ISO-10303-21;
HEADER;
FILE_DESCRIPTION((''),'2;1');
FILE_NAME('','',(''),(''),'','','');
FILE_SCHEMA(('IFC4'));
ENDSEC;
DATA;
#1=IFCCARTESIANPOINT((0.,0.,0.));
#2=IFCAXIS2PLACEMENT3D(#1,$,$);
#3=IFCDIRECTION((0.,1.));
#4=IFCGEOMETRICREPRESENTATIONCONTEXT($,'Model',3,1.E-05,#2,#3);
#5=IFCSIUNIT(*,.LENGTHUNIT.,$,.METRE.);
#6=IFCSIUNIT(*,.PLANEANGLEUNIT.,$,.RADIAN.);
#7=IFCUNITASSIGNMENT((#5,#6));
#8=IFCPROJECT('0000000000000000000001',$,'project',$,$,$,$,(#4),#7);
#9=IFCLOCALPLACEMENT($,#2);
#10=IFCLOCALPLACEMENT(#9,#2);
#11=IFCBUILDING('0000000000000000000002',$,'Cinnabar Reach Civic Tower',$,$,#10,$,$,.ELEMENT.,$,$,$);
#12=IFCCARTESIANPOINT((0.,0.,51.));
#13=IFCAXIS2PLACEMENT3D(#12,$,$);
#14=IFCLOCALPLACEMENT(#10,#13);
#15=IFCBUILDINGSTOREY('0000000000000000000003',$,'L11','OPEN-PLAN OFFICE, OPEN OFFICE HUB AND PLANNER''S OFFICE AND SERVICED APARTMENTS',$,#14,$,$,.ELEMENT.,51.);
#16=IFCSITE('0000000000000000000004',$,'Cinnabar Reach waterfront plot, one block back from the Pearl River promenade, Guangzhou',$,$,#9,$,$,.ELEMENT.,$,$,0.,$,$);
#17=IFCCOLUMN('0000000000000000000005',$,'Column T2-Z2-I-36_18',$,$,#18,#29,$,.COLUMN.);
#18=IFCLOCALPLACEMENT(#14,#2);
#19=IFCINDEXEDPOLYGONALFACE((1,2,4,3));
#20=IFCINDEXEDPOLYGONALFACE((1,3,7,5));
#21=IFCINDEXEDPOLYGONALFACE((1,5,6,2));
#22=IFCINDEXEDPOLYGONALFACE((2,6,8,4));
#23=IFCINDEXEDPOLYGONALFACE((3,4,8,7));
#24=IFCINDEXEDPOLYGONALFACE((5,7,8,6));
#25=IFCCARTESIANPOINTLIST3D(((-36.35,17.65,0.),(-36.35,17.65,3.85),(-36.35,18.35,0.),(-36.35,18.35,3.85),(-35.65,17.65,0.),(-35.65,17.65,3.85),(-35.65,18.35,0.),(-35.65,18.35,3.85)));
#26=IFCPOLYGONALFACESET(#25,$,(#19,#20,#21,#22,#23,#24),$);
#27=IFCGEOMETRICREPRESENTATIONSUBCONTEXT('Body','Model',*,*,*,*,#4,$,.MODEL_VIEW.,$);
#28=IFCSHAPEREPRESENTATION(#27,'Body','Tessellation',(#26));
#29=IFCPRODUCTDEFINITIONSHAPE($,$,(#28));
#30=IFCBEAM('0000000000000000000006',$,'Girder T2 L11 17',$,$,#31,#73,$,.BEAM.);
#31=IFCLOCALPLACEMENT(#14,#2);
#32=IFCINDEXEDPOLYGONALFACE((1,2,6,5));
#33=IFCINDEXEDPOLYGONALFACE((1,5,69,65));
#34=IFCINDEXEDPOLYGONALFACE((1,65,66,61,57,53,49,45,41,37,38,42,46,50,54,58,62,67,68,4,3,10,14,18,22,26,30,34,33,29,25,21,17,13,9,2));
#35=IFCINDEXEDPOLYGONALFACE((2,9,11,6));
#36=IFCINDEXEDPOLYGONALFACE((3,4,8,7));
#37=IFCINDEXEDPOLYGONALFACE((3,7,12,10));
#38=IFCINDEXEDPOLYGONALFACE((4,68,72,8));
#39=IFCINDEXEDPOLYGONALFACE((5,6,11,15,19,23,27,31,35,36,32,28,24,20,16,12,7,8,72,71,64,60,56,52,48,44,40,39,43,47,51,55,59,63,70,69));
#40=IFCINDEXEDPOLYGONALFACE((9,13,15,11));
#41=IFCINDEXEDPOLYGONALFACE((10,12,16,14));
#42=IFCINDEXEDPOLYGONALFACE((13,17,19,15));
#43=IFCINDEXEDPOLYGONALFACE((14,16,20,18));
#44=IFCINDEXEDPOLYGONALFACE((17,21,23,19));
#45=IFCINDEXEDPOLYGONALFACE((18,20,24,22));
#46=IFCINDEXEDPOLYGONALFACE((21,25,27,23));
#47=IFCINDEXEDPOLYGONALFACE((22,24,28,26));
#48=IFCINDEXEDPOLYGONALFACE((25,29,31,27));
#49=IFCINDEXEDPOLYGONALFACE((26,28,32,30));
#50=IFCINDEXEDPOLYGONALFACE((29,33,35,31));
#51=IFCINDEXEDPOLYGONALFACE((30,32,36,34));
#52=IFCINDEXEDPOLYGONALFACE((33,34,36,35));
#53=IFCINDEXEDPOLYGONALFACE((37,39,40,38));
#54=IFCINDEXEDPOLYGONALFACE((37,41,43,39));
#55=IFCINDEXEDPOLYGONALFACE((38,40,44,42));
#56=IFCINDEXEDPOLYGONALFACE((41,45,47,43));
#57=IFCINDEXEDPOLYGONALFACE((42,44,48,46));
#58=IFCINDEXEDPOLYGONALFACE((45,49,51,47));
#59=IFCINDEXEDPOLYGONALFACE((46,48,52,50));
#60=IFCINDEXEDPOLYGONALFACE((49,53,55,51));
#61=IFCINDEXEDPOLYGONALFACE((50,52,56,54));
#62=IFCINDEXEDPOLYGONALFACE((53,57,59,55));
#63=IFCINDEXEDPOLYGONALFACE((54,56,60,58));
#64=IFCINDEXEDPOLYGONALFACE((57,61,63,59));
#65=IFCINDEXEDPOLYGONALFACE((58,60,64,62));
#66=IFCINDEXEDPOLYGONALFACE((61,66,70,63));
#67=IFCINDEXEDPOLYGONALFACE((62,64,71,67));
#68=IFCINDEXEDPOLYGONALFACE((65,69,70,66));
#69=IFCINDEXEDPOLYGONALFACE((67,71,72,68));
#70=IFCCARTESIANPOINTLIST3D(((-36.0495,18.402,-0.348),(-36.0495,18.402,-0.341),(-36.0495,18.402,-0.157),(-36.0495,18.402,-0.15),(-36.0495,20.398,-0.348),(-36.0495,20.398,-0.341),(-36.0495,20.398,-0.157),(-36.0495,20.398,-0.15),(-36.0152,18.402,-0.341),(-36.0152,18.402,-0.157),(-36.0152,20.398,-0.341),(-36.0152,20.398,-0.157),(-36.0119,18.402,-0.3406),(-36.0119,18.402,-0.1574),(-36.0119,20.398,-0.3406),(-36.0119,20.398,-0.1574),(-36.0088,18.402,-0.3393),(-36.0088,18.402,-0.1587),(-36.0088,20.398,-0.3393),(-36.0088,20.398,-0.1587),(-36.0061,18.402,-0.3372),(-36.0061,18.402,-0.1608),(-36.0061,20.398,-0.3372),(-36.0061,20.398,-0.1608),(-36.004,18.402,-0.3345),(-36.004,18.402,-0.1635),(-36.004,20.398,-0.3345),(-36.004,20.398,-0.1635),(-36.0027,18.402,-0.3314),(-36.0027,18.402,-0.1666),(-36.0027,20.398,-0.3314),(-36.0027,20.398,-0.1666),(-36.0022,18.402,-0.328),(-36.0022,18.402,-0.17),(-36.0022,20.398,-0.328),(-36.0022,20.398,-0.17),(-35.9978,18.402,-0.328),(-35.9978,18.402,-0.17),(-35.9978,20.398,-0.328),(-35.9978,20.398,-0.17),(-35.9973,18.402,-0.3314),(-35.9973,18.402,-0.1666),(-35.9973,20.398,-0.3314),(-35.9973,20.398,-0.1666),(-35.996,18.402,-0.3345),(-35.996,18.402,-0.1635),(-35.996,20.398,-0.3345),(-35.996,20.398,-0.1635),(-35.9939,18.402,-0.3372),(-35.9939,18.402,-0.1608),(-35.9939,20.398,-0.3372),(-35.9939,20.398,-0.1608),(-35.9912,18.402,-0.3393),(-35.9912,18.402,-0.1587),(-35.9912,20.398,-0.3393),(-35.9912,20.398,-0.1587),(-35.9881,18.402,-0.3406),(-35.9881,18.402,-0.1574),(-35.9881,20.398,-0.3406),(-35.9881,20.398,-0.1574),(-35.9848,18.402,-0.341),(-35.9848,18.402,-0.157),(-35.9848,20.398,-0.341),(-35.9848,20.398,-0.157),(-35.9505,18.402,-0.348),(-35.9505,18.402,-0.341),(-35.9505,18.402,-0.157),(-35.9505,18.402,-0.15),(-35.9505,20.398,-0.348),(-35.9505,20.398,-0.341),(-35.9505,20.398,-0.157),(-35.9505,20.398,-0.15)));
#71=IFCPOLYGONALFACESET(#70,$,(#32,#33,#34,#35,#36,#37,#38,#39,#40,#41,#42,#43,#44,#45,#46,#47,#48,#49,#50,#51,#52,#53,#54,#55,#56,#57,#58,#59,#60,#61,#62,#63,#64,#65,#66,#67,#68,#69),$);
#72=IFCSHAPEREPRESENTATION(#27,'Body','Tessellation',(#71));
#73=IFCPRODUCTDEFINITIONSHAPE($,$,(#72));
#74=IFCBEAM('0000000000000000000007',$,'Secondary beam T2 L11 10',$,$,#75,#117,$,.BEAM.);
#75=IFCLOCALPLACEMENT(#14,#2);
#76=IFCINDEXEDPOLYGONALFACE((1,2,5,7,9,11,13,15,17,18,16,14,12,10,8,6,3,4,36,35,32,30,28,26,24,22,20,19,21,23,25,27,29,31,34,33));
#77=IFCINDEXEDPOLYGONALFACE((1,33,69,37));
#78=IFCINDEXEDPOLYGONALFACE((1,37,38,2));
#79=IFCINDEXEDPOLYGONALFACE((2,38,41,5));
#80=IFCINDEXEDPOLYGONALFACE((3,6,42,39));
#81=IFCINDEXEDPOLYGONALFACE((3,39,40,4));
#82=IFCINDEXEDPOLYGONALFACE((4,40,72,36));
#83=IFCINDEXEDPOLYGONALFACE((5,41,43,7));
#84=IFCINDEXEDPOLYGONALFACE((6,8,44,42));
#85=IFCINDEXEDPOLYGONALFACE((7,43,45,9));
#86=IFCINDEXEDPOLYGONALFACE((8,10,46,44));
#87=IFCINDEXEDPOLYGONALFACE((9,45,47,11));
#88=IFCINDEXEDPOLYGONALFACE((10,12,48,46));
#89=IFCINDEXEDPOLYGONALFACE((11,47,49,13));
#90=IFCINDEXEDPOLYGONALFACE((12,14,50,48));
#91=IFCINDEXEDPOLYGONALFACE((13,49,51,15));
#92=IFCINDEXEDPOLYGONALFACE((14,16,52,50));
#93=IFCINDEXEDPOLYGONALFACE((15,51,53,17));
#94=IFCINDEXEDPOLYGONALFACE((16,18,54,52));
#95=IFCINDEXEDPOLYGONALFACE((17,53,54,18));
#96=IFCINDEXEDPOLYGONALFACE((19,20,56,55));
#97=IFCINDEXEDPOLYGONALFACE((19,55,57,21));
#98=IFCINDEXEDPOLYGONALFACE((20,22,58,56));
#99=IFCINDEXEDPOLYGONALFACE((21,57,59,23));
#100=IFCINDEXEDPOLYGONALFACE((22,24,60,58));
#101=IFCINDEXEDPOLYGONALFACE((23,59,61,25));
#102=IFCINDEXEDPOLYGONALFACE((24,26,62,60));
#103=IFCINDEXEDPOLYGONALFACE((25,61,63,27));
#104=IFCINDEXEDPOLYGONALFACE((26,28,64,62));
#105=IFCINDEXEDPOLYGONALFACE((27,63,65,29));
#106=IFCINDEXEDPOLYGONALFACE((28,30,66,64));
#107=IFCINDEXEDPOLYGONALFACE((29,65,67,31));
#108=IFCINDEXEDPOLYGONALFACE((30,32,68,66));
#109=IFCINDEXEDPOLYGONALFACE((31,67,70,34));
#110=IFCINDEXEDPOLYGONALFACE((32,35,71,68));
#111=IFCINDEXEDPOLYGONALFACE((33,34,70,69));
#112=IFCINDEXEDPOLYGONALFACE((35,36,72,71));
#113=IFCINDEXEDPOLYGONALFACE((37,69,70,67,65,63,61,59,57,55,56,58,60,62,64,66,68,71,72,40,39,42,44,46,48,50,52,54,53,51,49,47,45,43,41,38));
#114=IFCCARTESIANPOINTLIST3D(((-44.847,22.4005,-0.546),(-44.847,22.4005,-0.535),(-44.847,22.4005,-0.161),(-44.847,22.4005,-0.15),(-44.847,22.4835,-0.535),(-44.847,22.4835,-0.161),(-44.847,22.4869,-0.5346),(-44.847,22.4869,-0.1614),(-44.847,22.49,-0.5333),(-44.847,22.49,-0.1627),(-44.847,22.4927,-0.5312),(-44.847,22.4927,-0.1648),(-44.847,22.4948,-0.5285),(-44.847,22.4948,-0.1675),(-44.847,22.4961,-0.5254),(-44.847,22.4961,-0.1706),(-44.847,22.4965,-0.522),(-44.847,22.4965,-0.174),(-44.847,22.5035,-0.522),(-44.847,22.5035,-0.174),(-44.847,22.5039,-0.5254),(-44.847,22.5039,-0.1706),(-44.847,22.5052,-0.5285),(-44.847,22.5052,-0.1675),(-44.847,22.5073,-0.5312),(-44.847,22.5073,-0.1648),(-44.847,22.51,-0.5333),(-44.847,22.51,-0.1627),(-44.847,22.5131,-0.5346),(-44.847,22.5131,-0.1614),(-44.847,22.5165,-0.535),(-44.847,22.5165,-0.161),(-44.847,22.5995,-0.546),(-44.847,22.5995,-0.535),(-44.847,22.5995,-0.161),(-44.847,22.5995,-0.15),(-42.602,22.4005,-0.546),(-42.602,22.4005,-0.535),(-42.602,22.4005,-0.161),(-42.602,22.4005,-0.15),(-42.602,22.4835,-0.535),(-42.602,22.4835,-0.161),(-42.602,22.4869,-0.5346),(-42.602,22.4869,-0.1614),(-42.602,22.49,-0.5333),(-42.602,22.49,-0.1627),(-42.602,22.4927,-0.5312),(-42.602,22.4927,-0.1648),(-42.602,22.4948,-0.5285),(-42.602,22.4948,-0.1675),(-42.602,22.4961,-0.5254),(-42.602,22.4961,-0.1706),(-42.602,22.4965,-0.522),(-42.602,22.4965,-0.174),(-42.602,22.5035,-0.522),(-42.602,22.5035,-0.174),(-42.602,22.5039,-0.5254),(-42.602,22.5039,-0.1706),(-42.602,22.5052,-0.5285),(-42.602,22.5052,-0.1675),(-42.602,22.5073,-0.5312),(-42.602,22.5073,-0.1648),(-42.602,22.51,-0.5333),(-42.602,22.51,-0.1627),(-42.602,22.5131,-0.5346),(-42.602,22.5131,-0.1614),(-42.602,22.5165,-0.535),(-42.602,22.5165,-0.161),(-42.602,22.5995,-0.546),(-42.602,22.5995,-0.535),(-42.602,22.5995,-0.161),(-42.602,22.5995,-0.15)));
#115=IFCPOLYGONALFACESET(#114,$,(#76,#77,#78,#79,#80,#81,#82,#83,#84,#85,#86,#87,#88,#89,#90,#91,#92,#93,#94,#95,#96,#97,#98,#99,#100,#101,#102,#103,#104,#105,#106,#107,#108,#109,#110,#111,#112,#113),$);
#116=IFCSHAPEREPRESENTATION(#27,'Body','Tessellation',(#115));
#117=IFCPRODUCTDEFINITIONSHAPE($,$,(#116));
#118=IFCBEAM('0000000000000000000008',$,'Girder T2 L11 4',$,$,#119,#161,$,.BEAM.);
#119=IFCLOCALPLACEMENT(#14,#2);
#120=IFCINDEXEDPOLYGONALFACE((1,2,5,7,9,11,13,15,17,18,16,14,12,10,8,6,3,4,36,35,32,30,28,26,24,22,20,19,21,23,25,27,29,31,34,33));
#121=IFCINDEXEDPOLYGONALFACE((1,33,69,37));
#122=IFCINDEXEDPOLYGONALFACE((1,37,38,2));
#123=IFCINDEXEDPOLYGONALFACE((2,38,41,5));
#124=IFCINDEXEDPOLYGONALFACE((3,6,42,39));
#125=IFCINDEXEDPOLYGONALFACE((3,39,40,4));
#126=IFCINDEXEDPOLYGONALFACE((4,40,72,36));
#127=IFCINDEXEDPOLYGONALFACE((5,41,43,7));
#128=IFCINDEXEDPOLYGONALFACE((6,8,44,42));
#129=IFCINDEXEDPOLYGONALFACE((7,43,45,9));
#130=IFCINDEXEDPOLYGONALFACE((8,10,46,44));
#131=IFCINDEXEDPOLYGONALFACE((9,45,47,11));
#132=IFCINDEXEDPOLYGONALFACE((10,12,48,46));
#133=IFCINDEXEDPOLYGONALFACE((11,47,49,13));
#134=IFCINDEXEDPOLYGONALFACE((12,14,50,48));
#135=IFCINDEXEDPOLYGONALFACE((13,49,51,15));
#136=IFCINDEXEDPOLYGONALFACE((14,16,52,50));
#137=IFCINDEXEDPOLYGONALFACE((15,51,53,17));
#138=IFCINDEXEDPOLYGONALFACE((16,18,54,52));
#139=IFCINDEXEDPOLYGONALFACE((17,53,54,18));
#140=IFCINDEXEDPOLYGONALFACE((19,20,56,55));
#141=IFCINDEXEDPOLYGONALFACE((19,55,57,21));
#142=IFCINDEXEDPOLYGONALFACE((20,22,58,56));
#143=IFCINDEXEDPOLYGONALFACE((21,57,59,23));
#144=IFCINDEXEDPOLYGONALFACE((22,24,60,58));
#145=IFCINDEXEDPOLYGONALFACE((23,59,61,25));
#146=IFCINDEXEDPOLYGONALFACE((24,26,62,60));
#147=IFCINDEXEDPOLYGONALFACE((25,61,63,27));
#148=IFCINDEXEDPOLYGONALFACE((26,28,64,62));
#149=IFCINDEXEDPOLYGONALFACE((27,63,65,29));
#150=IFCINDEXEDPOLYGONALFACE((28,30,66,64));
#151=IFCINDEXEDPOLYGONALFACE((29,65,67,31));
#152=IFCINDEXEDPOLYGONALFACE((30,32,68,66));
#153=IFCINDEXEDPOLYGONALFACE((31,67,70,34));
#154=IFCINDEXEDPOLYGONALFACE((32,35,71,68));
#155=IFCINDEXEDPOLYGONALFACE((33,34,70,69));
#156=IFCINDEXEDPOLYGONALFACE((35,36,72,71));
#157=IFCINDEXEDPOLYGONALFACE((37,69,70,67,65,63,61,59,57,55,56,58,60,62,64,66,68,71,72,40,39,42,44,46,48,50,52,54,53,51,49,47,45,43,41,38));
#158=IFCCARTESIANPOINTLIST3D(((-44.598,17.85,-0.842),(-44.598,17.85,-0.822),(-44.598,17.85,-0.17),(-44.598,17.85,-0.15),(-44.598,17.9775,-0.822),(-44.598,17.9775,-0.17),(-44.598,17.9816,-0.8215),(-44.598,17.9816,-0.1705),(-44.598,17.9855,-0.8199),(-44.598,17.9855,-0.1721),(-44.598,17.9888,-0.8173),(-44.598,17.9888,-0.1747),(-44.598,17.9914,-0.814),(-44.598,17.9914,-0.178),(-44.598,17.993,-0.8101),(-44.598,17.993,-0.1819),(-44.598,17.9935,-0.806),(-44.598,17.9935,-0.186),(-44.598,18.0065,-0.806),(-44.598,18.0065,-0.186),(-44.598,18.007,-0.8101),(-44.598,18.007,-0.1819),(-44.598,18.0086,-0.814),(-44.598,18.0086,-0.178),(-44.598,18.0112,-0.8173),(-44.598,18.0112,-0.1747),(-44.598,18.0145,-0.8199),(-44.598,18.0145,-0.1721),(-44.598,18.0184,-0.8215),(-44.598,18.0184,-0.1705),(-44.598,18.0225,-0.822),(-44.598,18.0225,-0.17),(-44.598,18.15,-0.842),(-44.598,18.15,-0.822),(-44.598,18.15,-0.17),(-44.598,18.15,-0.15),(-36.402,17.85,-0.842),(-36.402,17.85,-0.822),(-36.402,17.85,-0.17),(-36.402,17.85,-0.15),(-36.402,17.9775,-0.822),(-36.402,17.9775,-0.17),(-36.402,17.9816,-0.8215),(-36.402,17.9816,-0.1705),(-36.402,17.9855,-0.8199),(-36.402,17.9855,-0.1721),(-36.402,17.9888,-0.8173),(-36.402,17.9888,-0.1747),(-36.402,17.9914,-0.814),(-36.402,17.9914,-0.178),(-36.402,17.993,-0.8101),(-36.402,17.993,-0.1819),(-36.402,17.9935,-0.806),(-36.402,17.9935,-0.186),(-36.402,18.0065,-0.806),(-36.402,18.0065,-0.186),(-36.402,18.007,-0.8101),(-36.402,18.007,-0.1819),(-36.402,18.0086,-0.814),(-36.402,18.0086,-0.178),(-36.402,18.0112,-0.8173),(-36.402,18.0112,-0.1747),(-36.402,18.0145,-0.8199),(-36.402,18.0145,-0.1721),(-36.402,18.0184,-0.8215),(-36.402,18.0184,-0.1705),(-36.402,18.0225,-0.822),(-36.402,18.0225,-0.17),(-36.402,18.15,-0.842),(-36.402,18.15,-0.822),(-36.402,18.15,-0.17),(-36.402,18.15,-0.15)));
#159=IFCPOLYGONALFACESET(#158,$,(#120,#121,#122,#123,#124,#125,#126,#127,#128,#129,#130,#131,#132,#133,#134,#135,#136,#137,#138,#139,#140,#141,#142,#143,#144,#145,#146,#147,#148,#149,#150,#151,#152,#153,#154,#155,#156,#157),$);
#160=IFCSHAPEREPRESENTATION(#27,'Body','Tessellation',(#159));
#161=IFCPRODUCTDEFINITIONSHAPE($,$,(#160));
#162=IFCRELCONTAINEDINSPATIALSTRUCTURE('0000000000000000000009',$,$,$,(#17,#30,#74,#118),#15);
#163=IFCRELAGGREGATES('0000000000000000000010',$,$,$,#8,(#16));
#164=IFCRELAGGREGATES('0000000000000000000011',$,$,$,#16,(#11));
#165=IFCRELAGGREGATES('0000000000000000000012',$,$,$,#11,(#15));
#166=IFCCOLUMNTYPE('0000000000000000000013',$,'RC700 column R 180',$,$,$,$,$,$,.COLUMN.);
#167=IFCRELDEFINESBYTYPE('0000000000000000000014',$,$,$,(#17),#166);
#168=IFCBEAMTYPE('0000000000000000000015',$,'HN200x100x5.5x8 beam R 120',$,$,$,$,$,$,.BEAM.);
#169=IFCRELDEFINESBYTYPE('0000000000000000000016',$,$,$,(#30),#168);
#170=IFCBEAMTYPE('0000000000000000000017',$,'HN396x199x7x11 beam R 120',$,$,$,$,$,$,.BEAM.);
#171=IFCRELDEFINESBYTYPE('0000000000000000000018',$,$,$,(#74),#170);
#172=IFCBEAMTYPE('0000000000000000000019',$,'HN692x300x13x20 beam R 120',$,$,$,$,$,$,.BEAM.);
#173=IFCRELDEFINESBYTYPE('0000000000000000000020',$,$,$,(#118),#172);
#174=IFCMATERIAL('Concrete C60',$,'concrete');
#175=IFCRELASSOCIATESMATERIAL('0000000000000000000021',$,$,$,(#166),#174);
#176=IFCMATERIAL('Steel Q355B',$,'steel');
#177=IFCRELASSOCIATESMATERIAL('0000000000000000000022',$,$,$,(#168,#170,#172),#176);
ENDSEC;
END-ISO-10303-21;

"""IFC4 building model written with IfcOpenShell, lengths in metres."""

from ifc_helpers import new_model, si_unit, direction, frame, origin, origin_2d, place, context, subcontext, project, spatial, rectangle, i_section, extrude, material, material_profile, profile_set, type_object, element, save


model = new_model("IFC4")

# Units and contexts
model_context = context("Model", 3, precision=1e-05, world=origin(), true_north=direction((0.0, 1.0)))
body_context = subcontext(model_context, "Body", "Model", "MODEL_VIEW")
ifc_project = project(units=[si_unit("LENGTHUNIT", "METRE"), si_unit("PLANEANGLEUNIT", "RADIAN")], contexts=[model_context])

# Site, building, storey
site_placement = place(None, origin())
site = spatial("IfcSite", under=ifc_project, at=site_placement, Name="Cinnabar Reach waterfront plot, one block back from the Pearl River promenade, Guangzhou", CompositionType="ELEMENT", RefElevation=0.0)
building_placement = place(site_placement, origin())
building = spatial("IfcBuilding", under=site, at=building_placement, Name="Cinnabar Reach Civic Tower", CompositionType="ELEMENT")
storey_placement = place(building_placement, frame((0.0, 0.0, 51.0)))
storey = spatial("IfcBuildingStorey", under=building, at=storey_placement, Name="L11", Description="OPEN-PLAN OFFICE, OPEN OFFICE HUB AND PLANNER'S OFFICE AND SERVICED APARTMENTS", CompositionType="ELEMENT", Elevation=51.0)

# Column
ifc_material_1 = material(Name="Concrete C60", Category="concrete")
ifc_material_profile_1 = material_profile(ifc_material_1, rectangle(XDim=0.7, YDim=0.7, at=origin_2d()), Name="RC700")
ifc_profile_set_1 = profile_set([ifc_material_profile_1], Name="Concrete C60")
column_type = type_object("IfcColumnType", Name="RC700 column R 180", PredefinedType="COLUMN", material=ifc_profile_set_1)
column_placement = place(storey_placement, frame((-36.0, 18.0, 0.0), z_axis=(0.0, 0.0, 1.0), x_axis=(1.0, 0.0, 0.0)))
element("IfcColumn", 1, at=column_placement, inside=storey, type_object=column_type, Name="Column T2-Z2-I-36_18", PredefinedType="COLUMN", context=body_context, shape_type="SweptSolid", body=[
    extrude(rectangle(XDim=0.7, YDim=0.7, at=origin_2d()), origin(), (0.0, 0.0, 1.0), 3.85),
])

# Beams
ifc_material_2 = material(Name="Steel Q355B", Category="steel")
ifc_material_profile_2 = material_profile(ifc_material_2, i_section(OverallWidth=0.099, OverallDepth=0.198, WebThickness=0.0045, FlangeThickness=0.007, FilletRadius=0.013, at=origin_2d()), Name="HN200x100x5.5x8")
ifc_profile_set_2 = profile_set([ifc_material_profile_2], Name="Steel Q355B")
beam_type_1 = type_object("IfcBeamType", Name="HN200x100x5.5x8 beam R 120", PredefinedType="BEAM", material=ifc_profile_set_2)
beam_1_placement = place(storey_placement, frame((-36.0, 18.402, -0.249), z_axis=(0.0, 1.0, 0.0), x_axis=(-1.0, 0.0, 0.0)))
element("IfcBeam", 2, at=beam_1_placement, inside=storey, type_object=beam_type_1, Name="Girder T2 L11 17", PredefinedType="BEAM", context=body_context, shape_type="SweptSolid", body=[
    extrude(i_section(OverallWidth=0.099, OverallDepth=0.198, WebThickness=0.0045, FlangeThickness=0.007, FilletRadius=0.013, at=origin_2d()), origin(), (0.0, 0.0, 1.0), 1.996),
])
ifc_material_profile_3 = material_profile(ifc_material_2, i_section(OverallWidth=0.199, OverallDepth=0.396, WebThickness=0.007, FlangeThickness=0.011, FilletRadius=0.013, at=origin_2d()), Name="HN396x199x7x11")
ifc_profile_set_3 = profile_set([ifc_material_profile_3], Name="Steel Q355B")
beam_type_2 = type_object("IfcBeamType", Name="HN396x199x7x11 beam R 120", PredefinedType="BEAM", material=ifc_profile_set_3)
beam_2_placement = place(storey_placement, frame((-44.847, 22.5, -0.348), z_axis=(1.0, 0.0, 0.0), x_axis=(0.0, 1.0, 0.0)))
element("IfcBeam", 3, at=beam_2_placement, inside=storey, type_object=beam_type_2, Name="Secondary beam T2 L11 10", PredefinedType="BEAM", context=body_context, shape_type="SweptSolid", body=[
    extrude(i_section(OverallWidth=0.199, OverallDepth=0.396, WebThickness=0.007, FlangeThickness=0.011, FilletRadius=0.013, at=origin_2d()), origin(), (0.0, 0.0, 1.0), 2.245),
])
ifc_material_profile_4 = material_profile(ifc_material_2, i_section(OverallWidth=0.3, OverallDepth=0.692, WebThickness=0.013, FlangeThickness=0.02, FilletRadius=0.016, at=origin_2d()), Name="HN692x300x13x20")
ifc_profile_set_4 = profile_set([ifc_material_profile_4], Name="Steel Q355B")
beam_type_3 = type_object("IfcBeamType", Name="HN692x300x13x20 beam R 120", PredefinedType="BEAM", material=ifc_profile_set_4)
beam_3_placement = place(storey_placement, frame((-44.598, 18.0, -0.496), z_axis=(1.0, 0.0, 0.0), x_axis=(0.0, 1.0, 0.0)))
element("IfcBeam", 4, at=beam_3_placement, inside=storey, type_object=beam_type_3, Name="Girder T2 L11 4", PredefinedType="BEAM", context=body_context, shape_type="SweptSolid", body=[
    extrude(i_section(OverallWidth=0.3, OverallDepth=0.692, WebThickness=0.013, FlangeThickness=0.02, FilletRadius=0.016, at=origin_2d()), origin(), (0.0, 0.0, 1.0), 8.196),
])

save(model, "model.ifc")
